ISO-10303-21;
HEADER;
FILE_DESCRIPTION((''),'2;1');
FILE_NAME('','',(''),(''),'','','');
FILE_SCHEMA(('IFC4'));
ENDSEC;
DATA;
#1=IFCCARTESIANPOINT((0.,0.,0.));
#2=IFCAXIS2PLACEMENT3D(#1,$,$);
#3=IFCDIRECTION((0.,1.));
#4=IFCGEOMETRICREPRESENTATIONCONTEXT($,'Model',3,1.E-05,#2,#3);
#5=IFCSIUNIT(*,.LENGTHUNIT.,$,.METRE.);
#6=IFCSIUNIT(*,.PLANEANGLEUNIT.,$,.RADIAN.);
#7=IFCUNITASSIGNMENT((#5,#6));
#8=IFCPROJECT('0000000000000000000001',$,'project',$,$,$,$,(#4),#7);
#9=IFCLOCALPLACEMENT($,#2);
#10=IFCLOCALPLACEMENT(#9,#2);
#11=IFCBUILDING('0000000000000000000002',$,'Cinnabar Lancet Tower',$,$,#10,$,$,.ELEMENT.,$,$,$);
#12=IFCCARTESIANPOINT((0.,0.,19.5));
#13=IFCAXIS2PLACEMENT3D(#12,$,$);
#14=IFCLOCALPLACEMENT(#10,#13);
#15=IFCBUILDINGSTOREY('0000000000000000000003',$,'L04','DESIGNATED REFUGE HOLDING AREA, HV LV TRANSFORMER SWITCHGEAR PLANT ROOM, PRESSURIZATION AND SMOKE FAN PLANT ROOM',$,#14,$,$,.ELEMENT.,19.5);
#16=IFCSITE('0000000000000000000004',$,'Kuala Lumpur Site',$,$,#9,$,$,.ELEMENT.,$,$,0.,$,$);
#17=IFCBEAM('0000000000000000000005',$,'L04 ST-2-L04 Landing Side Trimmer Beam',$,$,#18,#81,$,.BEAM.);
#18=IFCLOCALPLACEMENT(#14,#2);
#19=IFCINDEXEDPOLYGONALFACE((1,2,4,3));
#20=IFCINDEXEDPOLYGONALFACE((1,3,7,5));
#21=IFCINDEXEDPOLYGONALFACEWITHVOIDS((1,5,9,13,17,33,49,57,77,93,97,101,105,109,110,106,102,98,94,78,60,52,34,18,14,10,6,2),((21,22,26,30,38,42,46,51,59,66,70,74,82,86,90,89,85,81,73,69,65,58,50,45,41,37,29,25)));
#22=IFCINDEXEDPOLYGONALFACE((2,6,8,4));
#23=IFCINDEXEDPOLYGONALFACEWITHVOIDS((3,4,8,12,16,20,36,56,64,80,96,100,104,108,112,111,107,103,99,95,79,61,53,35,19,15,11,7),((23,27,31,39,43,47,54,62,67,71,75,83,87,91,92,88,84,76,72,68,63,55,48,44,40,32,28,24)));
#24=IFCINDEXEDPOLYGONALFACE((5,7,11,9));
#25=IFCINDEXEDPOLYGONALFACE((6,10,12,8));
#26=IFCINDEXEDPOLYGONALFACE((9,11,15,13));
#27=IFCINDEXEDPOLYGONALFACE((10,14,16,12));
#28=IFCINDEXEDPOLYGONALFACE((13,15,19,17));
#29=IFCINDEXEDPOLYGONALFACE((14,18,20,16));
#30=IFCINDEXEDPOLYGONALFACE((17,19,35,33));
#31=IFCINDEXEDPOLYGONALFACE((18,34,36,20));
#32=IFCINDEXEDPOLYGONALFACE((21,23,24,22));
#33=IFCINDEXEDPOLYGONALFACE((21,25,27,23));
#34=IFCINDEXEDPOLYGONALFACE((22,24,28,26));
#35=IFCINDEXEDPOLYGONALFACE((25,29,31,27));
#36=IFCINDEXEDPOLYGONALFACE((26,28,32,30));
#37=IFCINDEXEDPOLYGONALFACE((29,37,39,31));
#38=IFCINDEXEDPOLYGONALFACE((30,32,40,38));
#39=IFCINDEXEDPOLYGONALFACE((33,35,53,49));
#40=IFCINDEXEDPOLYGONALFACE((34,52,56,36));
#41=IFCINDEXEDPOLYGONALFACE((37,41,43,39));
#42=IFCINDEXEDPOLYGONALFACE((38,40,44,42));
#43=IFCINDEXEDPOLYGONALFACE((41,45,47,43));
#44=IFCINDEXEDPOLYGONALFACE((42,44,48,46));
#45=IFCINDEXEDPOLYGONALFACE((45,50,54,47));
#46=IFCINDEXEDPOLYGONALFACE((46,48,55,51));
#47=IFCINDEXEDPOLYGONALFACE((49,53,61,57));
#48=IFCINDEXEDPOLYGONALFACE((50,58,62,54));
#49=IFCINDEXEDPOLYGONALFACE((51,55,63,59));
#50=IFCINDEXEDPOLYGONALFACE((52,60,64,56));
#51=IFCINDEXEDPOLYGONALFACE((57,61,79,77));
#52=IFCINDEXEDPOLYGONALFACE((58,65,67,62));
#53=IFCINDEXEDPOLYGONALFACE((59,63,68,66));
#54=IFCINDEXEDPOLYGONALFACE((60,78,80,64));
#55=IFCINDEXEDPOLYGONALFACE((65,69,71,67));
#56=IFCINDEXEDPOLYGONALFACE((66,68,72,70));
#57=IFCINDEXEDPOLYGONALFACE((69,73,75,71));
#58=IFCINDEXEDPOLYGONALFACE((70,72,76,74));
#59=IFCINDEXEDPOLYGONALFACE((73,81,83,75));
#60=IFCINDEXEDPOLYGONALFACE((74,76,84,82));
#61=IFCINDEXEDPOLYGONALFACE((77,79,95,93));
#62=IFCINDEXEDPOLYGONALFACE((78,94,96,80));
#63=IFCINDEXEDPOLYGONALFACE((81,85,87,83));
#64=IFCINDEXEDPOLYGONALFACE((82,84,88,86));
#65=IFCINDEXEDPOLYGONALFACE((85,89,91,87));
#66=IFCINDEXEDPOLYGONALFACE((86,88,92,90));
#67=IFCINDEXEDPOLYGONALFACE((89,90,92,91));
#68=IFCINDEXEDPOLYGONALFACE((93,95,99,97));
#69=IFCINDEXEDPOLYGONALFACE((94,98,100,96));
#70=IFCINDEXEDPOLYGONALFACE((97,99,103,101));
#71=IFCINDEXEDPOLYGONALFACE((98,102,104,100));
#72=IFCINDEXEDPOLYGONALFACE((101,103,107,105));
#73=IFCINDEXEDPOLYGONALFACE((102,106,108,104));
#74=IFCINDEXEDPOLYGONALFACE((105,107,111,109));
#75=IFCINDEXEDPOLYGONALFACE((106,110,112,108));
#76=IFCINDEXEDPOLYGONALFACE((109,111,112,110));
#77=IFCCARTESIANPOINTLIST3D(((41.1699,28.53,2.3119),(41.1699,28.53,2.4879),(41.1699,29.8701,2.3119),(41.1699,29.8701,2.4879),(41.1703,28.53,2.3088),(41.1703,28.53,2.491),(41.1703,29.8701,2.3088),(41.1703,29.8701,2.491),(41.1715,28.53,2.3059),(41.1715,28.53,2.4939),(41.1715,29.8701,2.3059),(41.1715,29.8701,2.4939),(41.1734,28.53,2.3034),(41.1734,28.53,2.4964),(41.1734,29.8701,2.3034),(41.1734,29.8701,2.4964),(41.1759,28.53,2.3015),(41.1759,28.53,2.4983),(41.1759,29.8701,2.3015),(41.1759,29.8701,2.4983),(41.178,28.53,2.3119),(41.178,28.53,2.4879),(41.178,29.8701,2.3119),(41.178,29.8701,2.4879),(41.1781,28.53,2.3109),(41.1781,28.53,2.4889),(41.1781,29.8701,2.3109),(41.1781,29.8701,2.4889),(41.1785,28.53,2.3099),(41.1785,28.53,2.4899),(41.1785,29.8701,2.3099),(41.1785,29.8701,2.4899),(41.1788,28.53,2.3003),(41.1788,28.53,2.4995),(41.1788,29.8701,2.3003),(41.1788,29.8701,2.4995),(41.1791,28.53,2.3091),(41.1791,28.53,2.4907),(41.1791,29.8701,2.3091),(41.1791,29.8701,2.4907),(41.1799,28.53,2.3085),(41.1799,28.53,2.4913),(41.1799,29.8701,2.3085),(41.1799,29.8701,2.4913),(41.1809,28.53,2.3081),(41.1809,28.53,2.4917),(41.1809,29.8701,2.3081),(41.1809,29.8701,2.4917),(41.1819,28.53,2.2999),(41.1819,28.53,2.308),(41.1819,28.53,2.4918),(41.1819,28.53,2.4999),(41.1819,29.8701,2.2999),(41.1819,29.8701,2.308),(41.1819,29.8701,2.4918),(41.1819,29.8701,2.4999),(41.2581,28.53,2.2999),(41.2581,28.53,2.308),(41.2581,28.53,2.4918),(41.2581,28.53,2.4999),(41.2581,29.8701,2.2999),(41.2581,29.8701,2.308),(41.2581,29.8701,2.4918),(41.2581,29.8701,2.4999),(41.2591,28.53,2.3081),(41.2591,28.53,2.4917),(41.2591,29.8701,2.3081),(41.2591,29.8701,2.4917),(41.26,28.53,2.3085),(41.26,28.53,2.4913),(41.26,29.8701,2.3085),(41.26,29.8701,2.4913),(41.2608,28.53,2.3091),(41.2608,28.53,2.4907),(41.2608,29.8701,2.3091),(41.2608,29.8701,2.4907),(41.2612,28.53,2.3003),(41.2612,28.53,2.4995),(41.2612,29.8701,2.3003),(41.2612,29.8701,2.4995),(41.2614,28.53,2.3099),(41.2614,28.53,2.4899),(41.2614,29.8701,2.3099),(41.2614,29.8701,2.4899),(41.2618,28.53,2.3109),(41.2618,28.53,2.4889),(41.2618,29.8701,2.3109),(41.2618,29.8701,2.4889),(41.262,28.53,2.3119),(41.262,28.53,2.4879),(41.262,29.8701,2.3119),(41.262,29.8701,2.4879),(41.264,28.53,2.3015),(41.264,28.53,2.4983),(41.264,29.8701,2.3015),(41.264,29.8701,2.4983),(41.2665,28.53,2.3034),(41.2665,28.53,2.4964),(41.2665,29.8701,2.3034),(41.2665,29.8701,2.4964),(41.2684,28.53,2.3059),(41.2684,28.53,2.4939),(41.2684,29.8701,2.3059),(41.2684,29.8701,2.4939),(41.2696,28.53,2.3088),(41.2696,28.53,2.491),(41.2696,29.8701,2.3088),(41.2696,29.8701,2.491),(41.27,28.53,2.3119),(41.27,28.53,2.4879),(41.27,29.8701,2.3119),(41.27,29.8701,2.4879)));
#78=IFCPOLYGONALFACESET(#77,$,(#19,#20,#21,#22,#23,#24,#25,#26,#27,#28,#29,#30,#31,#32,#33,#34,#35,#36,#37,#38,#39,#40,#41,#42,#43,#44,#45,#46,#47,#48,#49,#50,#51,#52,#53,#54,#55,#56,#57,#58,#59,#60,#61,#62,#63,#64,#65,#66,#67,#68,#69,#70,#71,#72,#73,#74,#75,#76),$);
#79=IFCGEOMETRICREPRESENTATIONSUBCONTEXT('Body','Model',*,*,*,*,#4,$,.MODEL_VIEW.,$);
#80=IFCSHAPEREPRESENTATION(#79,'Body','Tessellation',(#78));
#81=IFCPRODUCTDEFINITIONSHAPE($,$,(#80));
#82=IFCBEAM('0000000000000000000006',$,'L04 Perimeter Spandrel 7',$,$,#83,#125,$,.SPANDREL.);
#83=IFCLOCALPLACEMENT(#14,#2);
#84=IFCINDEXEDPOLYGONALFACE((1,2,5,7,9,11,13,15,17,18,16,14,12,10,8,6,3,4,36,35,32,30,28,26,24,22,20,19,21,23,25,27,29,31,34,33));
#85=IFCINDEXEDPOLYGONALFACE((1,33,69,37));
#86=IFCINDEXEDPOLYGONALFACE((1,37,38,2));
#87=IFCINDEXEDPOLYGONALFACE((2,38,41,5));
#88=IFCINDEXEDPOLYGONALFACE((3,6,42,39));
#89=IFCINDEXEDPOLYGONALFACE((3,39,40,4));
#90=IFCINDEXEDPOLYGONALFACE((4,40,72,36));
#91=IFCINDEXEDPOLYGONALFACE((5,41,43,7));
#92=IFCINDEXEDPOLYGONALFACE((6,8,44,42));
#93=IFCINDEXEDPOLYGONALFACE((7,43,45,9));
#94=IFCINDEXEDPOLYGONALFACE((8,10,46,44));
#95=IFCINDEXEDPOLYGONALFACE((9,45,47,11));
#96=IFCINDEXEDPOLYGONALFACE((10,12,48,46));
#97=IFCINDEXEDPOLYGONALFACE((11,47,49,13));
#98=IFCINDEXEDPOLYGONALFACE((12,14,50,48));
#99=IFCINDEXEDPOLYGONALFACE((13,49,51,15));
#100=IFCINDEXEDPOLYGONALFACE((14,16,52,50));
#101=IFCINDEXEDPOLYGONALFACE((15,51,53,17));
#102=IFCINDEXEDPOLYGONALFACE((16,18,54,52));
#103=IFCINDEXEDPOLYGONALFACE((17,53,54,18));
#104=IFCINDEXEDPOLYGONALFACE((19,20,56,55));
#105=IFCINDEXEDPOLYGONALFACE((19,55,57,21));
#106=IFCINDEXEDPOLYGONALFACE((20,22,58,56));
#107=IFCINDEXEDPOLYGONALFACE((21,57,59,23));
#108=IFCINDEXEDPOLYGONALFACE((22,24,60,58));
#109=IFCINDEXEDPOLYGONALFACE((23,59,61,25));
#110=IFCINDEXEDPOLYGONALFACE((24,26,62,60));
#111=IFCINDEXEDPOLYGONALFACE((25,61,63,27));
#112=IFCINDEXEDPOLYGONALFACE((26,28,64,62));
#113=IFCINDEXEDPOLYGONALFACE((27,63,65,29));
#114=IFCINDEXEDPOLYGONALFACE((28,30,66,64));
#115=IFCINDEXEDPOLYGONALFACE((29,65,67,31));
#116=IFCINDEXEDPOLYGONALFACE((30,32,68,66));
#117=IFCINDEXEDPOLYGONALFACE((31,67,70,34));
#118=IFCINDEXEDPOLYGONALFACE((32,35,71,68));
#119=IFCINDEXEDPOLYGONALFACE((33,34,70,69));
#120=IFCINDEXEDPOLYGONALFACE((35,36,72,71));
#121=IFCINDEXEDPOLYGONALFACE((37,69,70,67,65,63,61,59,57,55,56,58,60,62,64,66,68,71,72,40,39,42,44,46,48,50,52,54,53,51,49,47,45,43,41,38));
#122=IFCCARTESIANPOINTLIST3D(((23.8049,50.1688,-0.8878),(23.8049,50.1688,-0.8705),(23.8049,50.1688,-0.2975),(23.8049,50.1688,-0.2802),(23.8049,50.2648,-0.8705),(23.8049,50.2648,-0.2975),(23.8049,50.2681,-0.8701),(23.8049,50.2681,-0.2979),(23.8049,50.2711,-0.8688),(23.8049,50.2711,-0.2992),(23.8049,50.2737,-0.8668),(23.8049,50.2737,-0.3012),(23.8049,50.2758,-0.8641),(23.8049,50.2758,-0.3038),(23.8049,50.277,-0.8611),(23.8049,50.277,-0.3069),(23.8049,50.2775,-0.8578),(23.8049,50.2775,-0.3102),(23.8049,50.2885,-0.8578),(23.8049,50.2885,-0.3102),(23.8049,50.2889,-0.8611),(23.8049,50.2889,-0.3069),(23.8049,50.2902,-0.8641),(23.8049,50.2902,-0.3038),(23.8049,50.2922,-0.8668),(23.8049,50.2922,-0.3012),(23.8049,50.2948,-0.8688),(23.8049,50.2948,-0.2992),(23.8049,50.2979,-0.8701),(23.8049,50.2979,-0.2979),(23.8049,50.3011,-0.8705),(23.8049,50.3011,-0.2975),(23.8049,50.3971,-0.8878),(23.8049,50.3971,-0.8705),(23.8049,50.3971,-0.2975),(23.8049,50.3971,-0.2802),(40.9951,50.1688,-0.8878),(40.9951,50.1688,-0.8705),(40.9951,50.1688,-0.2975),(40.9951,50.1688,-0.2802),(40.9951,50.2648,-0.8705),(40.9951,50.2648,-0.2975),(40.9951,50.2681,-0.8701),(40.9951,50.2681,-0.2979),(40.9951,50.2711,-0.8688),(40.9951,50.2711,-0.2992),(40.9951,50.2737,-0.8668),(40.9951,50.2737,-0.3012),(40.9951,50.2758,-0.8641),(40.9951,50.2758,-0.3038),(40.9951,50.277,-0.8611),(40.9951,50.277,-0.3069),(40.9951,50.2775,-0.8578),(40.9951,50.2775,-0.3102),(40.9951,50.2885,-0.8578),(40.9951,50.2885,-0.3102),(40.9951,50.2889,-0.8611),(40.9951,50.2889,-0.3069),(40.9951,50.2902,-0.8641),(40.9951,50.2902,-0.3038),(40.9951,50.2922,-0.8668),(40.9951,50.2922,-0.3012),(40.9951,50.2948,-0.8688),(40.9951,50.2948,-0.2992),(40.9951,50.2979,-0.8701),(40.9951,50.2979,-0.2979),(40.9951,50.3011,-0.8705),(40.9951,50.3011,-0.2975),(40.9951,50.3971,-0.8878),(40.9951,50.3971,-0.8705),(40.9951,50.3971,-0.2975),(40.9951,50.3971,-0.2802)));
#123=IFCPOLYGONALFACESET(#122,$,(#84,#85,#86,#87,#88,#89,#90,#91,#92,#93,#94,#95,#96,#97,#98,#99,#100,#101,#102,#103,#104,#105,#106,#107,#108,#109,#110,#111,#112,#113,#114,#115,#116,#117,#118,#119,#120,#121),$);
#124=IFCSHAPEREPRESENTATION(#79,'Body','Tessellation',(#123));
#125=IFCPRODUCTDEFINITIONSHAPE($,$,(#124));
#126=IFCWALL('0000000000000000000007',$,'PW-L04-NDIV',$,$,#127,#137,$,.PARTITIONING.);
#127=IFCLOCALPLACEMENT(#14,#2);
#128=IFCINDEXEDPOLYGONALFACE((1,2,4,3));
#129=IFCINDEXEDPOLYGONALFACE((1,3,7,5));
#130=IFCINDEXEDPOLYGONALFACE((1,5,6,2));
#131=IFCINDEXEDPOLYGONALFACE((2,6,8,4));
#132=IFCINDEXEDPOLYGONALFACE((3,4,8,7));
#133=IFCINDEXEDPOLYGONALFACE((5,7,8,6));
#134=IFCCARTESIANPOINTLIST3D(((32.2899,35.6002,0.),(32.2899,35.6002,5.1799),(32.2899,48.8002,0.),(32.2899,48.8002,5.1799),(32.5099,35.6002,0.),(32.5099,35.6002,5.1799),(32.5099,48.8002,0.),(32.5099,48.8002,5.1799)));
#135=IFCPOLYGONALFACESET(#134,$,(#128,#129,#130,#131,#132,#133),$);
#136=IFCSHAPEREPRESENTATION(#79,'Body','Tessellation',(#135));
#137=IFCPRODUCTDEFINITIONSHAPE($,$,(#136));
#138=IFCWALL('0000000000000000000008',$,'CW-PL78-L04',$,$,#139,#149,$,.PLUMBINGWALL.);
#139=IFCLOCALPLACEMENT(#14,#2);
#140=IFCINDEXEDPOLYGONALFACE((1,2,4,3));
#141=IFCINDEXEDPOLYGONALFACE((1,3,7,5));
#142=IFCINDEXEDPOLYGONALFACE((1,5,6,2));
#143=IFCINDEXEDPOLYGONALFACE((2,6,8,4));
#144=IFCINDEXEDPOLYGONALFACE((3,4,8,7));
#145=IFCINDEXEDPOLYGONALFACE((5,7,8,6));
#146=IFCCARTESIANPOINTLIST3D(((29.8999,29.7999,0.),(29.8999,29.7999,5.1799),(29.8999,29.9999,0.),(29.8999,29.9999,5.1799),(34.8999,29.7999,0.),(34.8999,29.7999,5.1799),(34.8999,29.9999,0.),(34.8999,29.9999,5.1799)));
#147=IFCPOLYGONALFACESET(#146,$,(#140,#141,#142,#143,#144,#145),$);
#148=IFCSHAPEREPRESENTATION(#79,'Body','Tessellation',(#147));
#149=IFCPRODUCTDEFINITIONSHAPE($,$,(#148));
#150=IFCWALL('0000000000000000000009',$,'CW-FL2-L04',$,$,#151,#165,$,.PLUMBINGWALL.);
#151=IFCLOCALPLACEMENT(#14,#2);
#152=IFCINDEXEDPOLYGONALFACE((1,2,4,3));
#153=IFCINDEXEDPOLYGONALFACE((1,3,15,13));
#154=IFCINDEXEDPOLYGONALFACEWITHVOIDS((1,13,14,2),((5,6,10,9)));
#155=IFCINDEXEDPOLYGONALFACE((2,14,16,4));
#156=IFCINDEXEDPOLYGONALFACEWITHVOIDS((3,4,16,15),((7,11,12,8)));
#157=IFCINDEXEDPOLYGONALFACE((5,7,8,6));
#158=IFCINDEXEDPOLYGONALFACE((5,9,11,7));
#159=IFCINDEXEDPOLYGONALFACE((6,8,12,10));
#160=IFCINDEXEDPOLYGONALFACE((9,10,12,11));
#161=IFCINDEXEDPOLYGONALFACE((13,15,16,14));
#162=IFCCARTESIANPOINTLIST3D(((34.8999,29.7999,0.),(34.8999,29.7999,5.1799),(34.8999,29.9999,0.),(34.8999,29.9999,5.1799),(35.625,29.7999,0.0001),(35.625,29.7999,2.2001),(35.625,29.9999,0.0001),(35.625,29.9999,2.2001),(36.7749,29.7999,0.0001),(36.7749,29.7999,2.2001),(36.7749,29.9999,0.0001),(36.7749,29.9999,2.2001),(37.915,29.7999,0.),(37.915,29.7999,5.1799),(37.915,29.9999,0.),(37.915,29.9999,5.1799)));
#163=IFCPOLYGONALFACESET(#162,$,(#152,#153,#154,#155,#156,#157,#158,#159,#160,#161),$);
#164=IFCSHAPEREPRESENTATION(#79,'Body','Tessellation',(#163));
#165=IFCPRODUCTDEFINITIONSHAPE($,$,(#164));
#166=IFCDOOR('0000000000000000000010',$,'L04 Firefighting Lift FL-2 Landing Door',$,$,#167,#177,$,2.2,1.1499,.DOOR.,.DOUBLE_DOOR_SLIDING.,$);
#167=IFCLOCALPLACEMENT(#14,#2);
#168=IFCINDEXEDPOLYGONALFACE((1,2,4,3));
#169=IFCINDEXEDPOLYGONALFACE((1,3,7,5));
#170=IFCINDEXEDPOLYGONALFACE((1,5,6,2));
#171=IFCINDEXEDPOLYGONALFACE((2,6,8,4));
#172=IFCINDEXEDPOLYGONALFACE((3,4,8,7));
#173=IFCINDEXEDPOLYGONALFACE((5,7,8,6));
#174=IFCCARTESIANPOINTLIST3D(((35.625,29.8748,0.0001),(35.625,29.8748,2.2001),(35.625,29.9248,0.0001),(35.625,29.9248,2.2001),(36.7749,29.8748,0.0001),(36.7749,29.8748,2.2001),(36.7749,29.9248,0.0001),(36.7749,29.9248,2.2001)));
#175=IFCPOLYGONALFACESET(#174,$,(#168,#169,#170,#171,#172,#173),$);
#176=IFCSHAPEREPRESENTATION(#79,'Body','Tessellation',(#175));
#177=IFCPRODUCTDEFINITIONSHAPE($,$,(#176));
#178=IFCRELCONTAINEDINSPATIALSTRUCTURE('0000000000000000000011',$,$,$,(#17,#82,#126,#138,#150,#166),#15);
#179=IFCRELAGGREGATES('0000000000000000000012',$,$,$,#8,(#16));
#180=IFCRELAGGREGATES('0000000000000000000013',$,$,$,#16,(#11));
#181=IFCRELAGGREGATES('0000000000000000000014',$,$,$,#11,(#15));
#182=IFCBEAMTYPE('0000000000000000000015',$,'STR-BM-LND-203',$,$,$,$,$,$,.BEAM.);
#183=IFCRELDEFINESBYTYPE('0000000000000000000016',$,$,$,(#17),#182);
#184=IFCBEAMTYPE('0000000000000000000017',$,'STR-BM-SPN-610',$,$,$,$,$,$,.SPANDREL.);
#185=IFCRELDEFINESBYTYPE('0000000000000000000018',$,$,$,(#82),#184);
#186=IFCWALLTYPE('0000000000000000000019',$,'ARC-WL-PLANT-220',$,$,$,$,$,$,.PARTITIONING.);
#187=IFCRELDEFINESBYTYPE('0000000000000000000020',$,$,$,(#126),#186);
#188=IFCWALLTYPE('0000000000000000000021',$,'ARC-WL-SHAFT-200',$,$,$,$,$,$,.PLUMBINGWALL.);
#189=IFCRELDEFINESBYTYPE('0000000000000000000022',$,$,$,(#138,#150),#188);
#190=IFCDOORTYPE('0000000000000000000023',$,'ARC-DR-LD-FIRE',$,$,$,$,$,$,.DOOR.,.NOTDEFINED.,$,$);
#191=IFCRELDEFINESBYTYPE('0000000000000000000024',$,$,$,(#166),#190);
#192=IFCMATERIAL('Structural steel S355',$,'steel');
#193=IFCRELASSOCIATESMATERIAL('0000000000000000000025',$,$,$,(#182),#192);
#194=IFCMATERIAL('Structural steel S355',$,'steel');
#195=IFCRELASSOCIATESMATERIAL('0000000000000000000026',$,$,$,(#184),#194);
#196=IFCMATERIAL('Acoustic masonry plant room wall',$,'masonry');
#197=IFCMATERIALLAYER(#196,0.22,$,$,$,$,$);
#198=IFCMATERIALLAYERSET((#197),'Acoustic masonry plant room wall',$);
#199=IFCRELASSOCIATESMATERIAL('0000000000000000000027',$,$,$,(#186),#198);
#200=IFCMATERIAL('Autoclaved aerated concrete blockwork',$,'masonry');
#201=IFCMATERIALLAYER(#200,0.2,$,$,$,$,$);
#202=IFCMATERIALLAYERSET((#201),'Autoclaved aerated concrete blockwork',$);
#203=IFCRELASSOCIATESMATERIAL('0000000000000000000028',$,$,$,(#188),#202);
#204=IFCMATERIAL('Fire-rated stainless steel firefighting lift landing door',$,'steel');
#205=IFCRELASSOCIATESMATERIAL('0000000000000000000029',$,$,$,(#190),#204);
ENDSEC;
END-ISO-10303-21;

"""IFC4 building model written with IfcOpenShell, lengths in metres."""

from ifc_helpers import new_model, si_unit, direction, frame, frame_2d, origin, origin_2d, place, context, subcontext, project, spatial, rectangle, hollow_rectangle, i_section, extrude, material, layer, layer_set, material_profile, profile_set, type_object, element, fill, save


model = new_model("IFC4")

# Units and contexts
model_context = context("Model", 3, precision=1e-05, world=origin(), true_north=direction((0.0, 1.0)))
body_context = subcontext(model_context, "Body", "Model", "MODEL_VIEW")
ifc_project = project(units=[si_unit("LENGTHUNIT", "METRE"), si_unit("PLANEANGLEUNIT", "RADIAN")], contexts=[model_context])

# Site, building, storey
site_placement = place(None, origin())
site = spatial("IfcSite", under=ifc_project, at=site_placement, Name="Kuala Lumpur Site", CompositionType="ELEMENT", RefElevation=0.0)
building_placement = place(site_placement, origin())
building = spatial("IfcBuilding", under=site, at=building_placement, Name="Cinnabar Lancet Tower", CompositionType="ELEMENT")
storey_placement = place(building_placement, frame((0.0, 0.0, 19.5)))
storey = spatial("IfcBuildingStorey", under=building, at=storey_placement, Name="L04", Description="DESIGNATED REFUGE HOLDING AREA, HV LV TRANSFORMER SWITCHGEAR PLANT ROOM, PRESSURIZATION AND SMOKE FAN PLANT ROOM", CompositionType="ELEMENT", Elevation=19.5)

# Beams
ifc_material_1 = material(Name="Structural steel S355", Category="steel")
ifc_material_profile_1 = material_profile(ifc_material_1, hollow_rectangle(XDim=0.1001, YDim=0.2, WallThickness=0.0081, InnerFilletRadius=0.0039, OuterFilletRadius=0.012, at=origin_2d()), Name="RHS 200x100x8")
ifc_profile_set_1 = profile_set([ifc_material_profile_1], Name="Structural steel S355")
beam_type_1 = type_object("IfcBeamType", Name="STR-BM-LND-203", PredefinedType="BEAM", material=ifc_profile_set_1)
beam_1_placement = place(storey_placement, frame((41.22, 28.53, 2.3999), z_axis=(0.0, 1.0, 0.0), x_axis=(-1.0, 0.0, 0.0)))
element("IfcBeam", 1, at=beam_1_placement, inside=storey, type_object=beam_type_1, Name="L04 ST-2-L04 Landing Side Trimmer Beam", PredefinedType="BEAM", context=body_context, shape_type="SweptSolid", body=[
    extrude(hollow_rectangle(XDim=0.1001, YDim=0.2, WallThickness=0.0081, InnerFilletRadius=0.0039, OuterFilletRadius=0.012, at=origin_2d()), origin(), (0.0, 0.0, 1.0), 1.3401),
])
ifc_material_2 = material(Name="Structural steel S355", Category="steel")
ifc_material_profile_2 = material_profile(ifc_material_2, i_section(OverallWidth=0.2283, OverallDepth=0.6077, WebThickness=0.011, FlangeThickness=0.0173, FilletRadius=0.0127, at=origin_2d()), Name="UKB 610x229x113")
ifc_profile_set_2 = profile_set([ifc_material_profile_2], Name="Structural steel S355")
beam_type_2 = type_object("IfcBeamType", Name="STR-BM-SPN-610", PredefinedType="SPANDREL", material=ifc_profile_set_2)
beam_2_placement = place(storey_placement, frame((40.9951, 50.283, -0.584), z_axis=(-1.0, 0.0, 0.0), x_axis=(0.0, -1.0, 0.0)))
element("IfcBeam", 2, at=beam_2_placement, inside=storey, type_object=beam_type_2, Name="L04 Perimeter Spandrel 7", PredefinedType="SPANDREL", context=body_context, shape_type="SweptSolid", body=[
    extrude(i_section(OverallWidth=0.2283, OverallDepth=0.6077, WebThickness=0.011, FlangeThickness=0.0173, FilletRadius=0.0127, at=origin_2d()), origin(), (0.0, 0.0, 1.0), 17.1902),
])

# Walls
ifc_material_3 = material(Name="Acoustic masonry plant room wall", Category="masonry")
ifc_layer_1 = layer(ifc_material_3, 0.22)
ifc_layer_set_1 = layer_set([ifc_layer_1], Name="Acoustic masonry plant room wall")
wall_type_1 = type_object("IfcWallType", Name="ARC-WL-PLANT-220", PredefinedType="PARTITIONING", material=ifc_layer_set_1)
wall_1_placement = place(storey_placement, frame((32.3999, 35.6001, 0.0), z_axis=(0.0, 0.0, 1.0), x_axis=(0.0, 1.0, 0.0)))
element("IfcWall", 3, at=wall_1_placement, inside=storey, type_object=wall_type_1, Name="PW-L04-NDIV", PredefinedType="PARTITIONING", context=body_context, shape_type="SweptSolid", body=[
    extrude(rectangle(XDim=13.2, YDim=0.22, at=frame_2d((6.6001, 0.0))), origin(), (0.0, 0.0, 1.0), 5.1799),
])
ifc_material_4 = material(Name="Autoclaved aerated concrete blockwork", Category="masonry")
ifc_layer_2 = layer(ifc_material_4, 0.2)
ifc_layer_set_2 = layer_set([ifc_layer_2], Name="Autoclaved aerated concrete blockwork")
wall_type_2 = type_object("IfcWallType", Name="ARC-WL-SHAFT-200", PredefinedType="PLUMBINGWALL", material=ifc_layer_set_2)
wall_2_placement = place(storey_placement, frame((29.8999, 29.8999, 0.0), z_axis=(0.0, 0.0, 1.0), x_axis=(1.0, 0.0, 0.0)))
element("IfcWall", 4, at=wall_2_placement, inside=storey, type_object=wall_type_2, Name="CW-PL78-L04", PredefinedType="PLUMBINGWALL", context=body_context, shape_type="SweptSolid", body=[
    extrude(rectangle(XDim=5.0, YDim=0.2, at=frame_2d((2.5, 0.0))), origin(), (0.0, 0.0, 1.0), 5.1799),
])

# Wall, opening, door
wall_3_placement = place(storey_placement, frame((34.8999, 29.8999, 0.0), z_axis=(0.0, 0.0, 1.0), x_axis=(1.0, 0.0, 0.0)))
wall_3 = element("IfcWall", 5, at=wall_3_placement, inside=storey, type_object=wall_type_2, Name="CW-FL2-L04", PredefinedType="PLUMBINGWALL", context=body_context, shape_type="SweptSolid", body=[
    extrude(rectangle(XDim=3.0151, YDim=0.2, at=frame_2d((1.5076, 0.0))), origin(), (0.0, 0.0, 1.0), 5.1799),
])
opening_1_placement = place(wall_3_placement, frame((0.7251, 0.0, 0.0)))
opening_1 = element("IfcOpeningElement", 6, at=opening_1_placement, cuts=wall_3, PredefinedType="OPENING", context=body_context, shape_type="SweptSolid", body=[
    extrude(rectangle(XDim=1.1499, YDim=2.2, at=frame_2d((0.575, 1.1001))), frame((0.0, 0.1099, 0.0), z_axis=(0.0, -1.0, 0.0), x_axis=(1.0, 0.0, 0.0)), (0.0, 0.0, 1.0), 0.22),
])
ifc_material_5 = material(Name="Fire-rated stainless steel firefighting lift landing door", Category="steel")
door_type_1 = type_object("IfcDoorType", Name="ARC-DR-LD-FIRE", OperationType="NOTDEFINED", PredefinedType="DOOR", material=ifc_material_5)
door_1_placement = place(opening_1_placement, origin())
door_1 = element("IfcDoor", 7, at=door_1_placement, inside=storey, type_object=door_type_1, Name="L04 Firefighting Lift FL-2 Landing Door", OperationType="DOUBLE_DOOR_SLIDING", OverallHeight=2.2, OverallWidth=1.1499, PredefinedType="DOOR", context=body_context, shape_type="SweptSolid", body=[
    extrude(rectangle(XDim=1.1499, YDim=2.2, at=frame_2d((0.575, 1.1001))), frame((0.0, 0.0249, 0.0), z_axis=(0.0, -1.0, 0.0), x_axis=(1.0, 0.0, 0.0)), (0.0, 0.0, 1.0), 0.05),
])
fill(opening_1, door_1)

save(model, "model.ifc")
